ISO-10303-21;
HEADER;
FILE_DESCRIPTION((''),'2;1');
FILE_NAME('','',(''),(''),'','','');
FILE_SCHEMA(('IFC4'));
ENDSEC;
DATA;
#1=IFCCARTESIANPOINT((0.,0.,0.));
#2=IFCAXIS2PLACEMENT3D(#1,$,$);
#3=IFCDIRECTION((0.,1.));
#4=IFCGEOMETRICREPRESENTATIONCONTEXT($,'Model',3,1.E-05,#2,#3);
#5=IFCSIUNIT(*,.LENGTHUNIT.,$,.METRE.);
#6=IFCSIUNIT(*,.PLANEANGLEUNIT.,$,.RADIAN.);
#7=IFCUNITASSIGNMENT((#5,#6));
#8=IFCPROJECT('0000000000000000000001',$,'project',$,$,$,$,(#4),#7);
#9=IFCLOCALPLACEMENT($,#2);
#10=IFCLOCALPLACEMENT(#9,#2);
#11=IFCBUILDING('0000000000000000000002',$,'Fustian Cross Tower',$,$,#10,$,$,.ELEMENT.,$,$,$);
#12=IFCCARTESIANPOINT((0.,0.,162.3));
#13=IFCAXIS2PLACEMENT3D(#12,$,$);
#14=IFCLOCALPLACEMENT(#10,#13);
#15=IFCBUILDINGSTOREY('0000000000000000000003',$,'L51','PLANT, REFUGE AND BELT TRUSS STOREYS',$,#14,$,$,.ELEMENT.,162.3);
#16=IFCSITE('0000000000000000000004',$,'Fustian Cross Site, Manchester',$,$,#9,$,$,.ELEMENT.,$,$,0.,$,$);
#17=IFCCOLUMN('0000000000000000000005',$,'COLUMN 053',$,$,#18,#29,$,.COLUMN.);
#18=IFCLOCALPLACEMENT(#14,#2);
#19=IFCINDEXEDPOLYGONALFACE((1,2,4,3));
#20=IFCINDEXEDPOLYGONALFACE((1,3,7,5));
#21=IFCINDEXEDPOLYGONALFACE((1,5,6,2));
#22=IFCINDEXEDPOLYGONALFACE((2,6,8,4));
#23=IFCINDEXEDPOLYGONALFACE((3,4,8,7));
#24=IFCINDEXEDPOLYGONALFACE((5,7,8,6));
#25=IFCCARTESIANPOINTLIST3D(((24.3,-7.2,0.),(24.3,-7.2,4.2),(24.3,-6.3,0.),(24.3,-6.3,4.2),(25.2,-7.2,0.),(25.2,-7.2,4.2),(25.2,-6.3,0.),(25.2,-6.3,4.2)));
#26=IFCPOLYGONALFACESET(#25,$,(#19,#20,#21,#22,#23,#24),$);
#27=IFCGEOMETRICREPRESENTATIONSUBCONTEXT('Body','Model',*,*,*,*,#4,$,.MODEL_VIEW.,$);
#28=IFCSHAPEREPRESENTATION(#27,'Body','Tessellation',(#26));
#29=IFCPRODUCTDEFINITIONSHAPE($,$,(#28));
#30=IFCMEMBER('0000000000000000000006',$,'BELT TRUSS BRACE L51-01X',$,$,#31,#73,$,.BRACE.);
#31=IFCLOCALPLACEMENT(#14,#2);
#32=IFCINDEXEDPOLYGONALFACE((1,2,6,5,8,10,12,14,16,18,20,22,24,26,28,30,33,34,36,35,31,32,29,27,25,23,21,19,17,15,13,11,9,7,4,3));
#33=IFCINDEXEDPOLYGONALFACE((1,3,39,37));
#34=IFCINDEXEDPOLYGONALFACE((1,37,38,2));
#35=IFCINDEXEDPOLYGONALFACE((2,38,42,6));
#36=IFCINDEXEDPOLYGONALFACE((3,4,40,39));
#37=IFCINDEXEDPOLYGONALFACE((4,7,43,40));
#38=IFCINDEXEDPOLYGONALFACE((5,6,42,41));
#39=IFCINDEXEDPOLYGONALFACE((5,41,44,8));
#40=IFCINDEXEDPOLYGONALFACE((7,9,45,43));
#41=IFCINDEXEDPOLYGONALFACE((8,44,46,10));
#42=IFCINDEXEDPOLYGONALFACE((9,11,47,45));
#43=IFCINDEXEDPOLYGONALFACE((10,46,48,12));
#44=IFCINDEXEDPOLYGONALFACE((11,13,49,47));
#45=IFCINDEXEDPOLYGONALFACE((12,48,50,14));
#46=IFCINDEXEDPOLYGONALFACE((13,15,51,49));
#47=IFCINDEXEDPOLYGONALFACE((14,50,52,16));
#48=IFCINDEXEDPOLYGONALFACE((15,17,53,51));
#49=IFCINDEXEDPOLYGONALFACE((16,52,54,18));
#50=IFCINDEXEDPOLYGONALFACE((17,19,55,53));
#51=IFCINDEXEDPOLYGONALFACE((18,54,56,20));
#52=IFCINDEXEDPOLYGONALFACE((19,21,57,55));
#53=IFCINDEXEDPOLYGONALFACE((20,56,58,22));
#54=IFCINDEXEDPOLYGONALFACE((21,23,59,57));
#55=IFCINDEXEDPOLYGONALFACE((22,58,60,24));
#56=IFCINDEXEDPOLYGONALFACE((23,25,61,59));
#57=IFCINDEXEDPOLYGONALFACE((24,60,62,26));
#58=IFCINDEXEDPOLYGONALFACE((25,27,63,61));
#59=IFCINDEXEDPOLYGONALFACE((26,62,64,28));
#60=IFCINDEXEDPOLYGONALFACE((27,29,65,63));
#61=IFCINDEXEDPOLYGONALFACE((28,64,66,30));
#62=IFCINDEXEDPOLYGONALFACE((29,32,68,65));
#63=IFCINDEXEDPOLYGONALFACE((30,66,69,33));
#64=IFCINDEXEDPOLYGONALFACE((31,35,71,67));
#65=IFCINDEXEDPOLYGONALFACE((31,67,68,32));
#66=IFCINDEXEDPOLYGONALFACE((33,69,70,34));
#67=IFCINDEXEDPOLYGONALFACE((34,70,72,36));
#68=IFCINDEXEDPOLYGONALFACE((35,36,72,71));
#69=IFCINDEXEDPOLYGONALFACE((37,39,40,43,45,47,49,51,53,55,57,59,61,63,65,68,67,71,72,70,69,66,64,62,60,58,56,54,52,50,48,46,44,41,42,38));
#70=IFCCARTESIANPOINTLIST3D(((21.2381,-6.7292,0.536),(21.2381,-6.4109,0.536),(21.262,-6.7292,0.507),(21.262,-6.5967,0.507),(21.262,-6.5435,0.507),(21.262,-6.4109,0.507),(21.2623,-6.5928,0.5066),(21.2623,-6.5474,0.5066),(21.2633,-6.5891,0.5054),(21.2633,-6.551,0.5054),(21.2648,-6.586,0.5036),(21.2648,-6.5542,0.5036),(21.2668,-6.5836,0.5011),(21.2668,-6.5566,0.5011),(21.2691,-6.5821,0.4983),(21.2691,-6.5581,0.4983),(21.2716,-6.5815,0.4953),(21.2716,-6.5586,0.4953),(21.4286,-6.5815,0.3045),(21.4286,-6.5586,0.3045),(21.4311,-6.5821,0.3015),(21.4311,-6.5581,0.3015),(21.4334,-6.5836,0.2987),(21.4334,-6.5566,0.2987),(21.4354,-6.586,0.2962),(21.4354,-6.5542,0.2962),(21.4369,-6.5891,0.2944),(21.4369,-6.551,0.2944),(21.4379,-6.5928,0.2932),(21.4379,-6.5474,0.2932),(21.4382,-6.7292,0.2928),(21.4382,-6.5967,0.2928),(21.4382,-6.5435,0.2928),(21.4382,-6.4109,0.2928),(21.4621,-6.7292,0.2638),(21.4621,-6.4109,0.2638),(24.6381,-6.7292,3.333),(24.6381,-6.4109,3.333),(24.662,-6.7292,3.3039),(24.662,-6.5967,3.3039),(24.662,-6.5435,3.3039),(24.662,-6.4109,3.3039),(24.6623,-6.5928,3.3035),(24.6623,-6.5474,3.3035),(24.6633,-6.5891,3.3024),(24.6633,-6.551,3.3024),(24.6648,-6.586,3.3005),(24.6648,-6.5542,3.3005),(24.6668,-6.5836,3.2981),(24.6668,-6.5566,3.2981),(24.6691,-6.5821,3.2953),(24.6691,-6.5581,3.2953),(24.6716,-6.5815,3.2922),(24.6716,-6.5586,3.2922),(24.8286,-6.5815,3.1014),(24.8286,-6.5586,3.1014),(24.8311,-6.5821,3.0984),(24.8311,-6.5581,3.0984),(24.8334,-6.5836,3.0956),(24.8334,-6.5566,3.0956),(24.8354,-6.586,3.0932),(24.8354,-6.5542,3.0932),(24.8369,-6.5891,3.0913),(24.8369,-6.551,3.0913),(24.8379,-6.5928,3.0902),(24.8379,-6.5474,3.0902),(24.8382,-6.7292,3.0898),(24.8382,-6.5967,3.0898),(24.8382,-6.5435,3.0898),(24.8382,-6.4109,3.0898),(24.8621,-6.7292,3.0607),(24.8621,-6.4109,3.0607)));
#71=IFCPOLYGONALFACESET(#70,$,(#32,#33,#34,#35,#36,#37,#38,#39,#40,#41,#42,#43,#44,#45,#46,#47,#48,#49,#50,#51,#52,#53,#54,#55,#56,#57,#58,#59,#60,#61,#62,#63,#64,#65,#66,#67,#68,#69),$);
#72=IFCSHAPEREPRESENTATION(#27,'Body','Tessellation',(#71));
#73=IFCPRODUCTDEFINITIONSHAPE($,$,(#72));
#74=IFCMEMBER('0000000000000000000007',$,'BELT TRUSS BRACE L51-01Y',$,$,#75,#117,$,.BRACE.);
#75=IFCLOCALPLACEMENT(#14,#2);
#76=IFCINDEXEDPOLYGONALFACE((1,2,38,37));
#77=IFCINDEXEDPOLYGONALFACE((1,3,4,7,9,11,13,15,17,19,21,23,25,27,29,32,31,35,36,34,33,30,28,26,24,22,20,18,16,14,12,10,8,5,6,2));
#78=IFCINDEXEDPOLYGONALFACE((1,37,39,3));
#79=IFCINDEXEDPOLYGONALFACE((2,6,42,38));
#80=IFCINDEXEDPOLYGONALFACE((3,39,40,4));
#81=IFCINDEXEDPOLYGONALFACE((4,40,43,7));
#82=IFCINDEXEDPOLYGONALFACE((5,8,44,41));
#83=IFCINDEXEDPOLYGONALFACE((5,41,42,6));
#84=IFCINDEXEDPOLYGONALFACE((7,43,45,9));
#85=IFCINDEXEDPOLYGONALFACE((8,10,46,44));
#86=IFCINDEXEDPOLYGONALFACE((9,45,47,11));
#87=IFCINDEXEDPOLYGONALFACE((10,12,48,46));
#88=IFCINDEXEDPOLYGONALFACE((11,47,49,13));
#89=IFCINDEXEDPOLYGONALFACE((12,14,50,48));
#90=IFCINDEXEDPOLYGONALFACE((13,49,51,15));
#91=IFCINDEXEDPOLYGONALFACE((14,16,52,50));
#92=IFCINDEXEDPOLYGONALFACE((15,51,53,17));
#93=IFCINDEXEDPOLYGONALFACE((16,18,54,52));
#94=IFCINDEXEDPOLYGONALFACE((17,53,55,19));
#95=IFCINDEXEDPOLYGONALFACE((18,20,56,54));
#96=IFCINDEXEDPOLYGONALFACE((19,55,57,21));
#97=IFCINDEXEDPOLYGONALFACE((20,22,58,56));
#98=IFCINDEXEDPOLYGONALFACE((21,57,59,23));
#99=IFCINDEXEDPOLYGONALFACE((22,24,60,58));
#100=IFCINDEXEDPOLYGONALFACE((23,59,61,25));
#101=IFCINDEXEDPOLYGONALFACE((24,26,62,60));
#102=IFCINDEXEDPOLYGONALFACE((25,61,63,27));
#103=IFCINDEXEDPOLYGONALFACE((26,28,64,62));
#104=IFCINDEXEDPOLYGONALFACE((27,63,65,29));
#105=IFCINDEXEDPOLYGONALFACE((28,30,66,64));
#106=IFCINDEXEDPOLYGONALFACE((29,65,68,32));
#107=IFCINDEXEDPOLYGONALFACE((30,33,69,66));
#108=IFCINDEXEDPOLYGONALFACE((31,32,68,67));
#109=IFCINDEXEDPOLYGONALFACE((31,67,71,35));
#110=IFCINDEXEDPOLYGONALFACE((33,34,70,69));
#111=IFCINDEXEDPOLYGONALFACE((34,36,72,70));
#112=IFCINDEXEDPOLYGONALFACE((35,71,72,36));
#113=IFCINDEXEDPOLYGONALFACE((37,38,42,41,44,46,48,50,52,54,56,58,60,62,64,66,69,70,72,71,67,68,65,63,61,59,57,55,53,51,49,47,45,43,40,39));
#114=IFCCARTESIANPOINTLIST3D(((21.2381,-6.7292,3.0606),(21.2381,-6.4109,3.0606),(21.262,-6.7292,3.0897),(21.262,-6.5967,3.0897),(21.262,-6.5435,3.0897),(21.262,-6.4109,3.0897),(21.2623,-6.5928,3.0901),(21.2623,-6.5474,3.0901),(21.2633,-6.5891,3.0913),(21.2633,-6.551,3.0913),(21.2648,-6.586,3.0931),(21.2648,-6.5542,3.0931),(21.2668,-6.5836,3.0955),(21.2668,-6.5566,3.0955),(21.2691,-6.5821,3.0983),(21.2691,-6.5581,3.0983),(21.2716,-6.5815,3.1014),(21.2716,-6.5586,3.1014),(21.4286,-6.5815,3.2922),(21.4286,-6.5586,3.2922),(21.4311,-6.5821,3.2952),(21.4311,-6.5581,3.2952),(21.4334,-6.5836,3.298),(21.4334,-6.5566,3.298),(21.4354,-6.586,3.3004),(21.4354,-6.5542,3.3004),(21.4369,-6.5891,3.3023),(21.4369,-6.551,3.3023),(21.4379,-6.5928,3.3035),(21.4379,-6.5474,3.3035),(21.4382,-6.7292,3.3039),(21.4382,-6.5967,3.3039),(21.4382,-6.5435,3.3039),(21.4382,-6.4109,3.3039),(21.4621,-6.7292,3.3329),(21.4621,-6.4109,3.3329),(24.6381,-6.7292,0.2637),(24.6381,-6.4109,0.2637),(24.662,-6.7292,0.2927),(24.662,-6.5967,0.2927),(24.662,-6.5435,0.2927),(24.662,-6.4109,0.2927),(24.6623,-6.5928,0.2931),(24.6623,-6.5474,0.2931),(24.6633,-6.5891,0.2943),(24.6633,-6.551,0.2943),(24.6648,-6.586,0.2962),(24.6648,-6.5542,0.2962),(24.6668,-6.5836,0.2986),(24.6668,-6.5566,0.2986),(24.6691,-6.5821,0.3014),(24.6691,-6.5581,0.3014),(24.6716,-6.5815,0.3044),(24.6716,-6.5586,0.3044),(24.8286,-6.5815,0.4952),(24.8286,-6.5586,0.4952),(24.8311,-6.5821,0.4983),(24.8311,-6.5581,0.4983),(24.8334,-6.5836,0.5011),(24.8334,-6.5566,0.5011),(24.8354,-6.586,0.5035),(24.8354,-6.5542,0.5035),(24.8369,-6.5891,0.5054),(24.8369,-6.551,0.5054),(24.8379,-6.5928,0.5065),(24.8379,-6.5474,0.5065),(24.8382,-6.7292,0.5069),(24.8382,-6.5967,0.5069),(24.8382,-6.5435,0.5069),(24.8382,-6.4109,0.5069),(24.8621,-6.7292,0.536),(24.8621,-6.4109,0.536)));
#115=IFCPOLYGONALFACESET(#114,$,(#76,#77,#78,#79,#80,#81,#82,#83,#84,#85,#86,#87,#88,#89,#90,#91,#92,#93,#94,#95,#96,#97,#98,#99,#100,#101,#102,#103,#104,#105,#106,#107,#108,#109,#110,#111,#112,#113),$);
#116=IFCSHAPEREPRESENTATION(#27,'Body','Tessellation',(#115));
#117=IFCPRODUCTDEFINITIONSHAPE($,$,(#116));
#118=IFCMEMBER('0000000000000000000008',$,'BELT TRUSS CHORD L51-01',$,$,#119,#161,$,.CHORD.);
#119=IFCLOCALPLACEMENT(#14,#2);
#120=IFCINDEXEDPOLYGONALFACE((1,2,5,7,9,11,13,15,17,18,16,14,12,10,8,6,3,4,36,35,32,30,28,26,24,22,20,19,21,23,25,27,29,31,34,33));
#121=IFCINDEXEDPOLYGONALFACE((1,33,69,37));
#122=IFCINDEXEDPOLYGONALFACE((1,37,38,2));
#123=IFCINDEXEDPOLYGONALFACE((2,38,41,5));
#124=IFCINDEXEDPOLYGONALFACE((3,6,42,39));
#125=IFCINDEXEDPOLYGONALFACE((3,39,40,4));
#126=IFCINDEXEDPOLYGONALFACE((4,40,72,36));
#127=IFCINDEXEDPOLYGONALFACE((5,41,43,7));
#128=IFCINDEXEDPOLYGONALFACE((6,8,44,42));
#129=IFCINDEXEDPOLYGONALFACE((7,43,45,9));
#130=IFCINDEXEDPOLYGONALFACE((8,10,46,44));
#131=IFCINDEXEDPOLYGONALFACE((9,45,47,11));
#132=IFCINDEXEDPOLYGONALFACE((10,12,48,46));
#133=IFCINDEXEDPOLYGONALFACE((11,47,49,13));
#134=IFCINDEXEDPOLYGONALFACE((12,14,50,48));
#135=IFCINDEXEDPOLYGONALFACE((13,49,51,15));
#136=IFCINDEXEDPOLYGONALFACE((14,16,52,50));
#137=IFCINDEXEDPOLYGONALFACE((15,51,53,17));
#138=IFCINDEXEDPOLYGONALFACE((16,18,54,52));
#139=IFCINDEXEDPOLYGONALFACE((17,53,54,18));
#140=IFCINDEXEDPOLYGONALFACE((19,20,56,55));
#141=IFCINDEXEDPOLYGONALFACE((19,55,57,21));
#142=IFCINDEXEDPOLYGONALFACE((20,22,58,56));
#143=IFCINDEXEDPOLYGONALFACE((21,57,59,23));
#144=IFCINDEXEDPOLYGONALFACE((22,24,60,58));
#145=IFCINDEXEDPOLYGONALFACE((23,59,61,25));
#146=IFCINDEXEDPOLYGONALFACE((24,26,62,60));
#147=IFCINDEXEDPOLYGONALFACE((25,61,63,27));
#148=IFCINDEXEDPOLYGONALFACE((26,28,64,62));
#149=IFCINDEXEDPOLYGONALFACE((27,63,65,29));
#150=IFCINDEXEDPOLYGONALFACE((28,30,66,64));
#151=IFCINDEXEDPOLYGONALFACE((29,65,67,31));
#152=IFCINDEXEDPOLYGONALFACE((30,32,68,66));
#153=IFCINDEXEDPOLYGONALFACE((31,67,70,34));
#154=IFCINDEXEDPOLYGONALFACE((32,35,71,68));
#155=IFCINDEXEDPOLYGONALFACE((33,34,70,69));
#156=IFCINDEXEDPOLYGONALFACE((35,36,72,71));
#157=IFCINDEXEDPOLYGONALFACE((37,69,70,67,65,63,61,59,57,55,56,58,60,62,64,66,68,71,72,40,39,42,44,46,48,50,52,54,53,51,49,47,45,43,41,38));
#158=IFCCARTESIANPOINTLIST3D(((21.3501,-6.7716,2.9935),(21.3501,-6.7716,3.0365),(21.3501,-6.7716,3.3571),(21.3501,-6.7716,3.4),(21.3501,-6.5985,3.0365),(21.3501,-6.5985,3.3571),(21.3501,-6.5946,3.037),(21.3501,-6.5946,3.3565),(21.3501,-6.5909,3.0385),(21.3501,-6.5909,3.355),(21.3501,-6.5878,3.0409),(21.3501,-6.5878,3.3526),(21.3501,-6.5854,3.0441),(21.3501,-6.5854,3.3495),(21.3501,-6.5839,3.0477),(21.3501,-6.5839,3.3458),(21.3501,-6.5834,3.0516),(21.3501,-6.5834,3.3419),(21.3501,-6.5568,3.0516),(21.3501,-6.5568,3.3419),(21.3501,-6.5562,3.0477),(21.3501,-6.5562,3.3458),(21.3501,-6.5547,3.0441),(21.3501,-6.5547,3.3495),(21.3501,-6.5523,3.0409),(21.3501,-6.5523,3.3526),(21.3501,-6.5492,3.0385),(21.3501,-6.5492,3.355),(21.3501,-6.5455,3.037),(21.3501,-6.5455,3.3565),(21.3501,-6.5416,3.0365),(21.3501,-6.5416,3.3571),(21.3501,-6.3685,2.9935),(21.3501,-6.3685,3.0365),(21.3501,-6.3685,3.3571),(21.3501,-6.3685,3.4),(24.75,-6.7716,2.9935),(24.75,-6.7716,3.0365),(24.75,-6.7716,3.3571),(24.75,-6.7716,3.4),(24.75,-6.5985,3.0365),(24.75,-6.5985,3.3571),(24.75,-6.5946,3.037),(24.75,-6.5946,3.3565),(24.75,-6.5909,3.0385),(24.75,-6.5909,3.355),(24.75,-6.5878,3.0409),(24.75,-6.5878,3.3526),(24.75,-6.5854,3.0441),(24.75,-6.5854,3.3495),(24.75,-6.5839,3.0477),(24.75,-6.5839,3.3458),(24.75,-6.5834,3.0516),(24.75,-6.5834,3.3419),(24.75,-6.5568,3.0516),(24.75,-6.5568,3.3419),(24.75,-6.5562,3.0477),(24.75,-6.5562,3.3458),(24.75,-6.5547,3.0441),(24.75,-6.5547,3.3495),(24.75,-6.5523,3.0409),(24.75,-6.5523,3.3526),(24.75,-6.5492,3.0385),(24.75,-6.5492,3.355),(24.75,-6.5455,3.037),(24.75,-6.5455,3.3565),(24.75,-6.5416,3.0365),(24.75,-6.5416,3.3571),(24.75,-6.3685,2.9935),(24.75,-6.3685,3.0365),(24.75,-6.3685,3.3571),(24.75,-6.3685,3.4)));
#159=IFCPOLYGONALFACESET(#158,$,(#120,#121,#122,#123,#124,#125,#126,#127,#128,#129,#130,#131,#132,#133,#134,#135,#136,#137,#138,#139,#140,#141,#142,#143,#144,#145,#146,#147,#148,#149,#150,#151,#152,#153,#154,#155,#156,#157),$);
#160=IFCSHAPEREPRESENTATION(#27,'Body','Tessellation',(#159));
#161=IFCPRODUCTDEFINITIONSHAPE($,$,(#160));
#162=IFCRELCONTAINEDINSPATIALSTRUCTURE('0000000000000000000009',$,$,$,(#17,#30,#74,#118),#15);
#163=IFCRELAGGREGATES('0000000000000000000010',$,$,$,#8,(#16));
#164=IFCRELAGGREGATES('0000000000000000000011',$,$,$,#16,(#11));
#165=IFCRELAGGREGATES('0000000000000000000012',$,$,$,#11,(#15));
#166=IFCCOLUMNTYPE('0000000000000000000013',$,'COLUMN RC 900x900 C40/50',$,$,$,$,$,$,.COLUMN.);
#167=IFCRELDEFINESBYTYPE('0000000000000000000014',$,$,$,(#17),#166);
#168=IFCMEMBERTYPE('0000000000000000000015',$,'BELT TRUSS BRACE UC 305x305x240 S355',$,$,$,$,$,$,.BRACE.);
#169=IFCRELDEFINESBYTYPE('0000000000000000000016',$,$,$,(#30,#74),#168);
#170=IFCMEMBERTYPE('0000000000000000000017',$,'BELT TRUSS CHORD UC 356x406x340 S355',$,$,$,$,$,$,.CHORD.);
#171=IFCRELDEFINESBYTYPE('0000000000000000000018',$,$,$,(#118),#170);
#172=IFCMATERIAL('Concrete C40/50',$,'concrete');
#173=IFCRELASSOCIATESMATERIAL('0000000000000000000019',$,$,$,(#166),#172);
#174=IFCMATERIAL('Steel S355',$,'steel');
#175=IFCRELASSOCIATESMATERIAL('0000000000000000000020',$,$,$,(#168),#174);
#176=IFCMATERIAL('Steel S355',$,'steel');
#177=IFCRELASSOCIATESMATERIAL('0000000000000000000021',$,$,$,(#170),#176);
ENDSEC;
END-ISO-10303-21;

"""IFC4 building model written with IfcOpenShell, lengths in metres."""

from ifc_helpers import new_model, si_unit, direction, frame, origin, origin_2d, place, context, subcontext, project, spatial, rectangle, i_section, extrude, material, material_profile, profile_set, type_object, element, save


model = new_model("IFC4")

# Units and contexts
model_context = context("Model", 3, precision=1e-05, world=origin(), true_north=direction((0.0, 1.0)))
body_context = subcontext(model_context, "Body", "Model", "MODEL_VIEW")
ifc_project = project(units=[si_unit("LENGTHUNIT", "METRE"), si_unit("PLANEANGLEUNIT", "RADIAN")], contexts=[model_context])

# Site, building, storey
site_placement = place(None, origin())
site = spatial("IfcSite", under=ifc_project, at=site_placement, Name="Fustian Cross Site, Manchester", CompositionType="ELEMENT", RefElevation=0.0)
building_placement = place(site_placement, origin())
building = spatial("IfcBuilding", under=site, at=building_placement, Name="Fustian Cross Tower", CompositionType="ELEMENT")
storey_placement = place(building_placement, frame((0.0, 0.0, 162.3)))
storey = spatial("IfcBuildingStorey", under=building, at=storey_placement, Name="L51", Description="PLANT, REFUGE AND BELT TRUSS STOREYS", CompositionType="ELEMENT", Elevation=162.3)

# Column
ifc_material_1 = material(Name="Concrete C40/50", Category="concrete")
ifc_material_profile_1 = material_profile(ifc_material_1, rectangle(XDim=0.8999, YDim=0.8999, at=origin_2d()), Name="RC 900x900")
ifc_profile_set_1 = profile_set([ifc_material_profile_1], Name="Concrete C40/50")
column_type = type_object("IfcColumnType", Name="COLUMN RC 900x900 C40/50", PredefinedType="COLUMN", material=ifc_profile_set_1)
column_placement = place(storey_placement, frame((24.75, -6.75, 0.0), z_axis=(0.0, 0.0, 1.0), x_axis=(1.0, 0.0, 0.0)))
element("IfcColumn", 1, at=column_placement, inside=storey, type_object=column_type, Name="COLUMN 053", PredefinedType="COLUMN", context=body_context, shape_type="SweptSolid", body=[
    extrude(rectangle(XDim=0.8999, YDim=0.8999, at=origin_2d()), origin(), (0.0, 0.0, 1.0), 4.2),
])

# Members
ifc_material_2 = material(Name="Steel S355", Category="steel")
ifc_material_profile_2 = material_profile(ifc_material_2, i_section(OverallWidth=0.3184, OverallDepth=0.3525, WebThickness=0.0229, FlangeThickness=0.0376, FilletRadius=0.0151, at=origin_2d()), Name="UC 305x305x240")
ifc_profile_set_2 = profile_set([ifc_material_profile_2], Name="Steel S355")
member_type_1 = type_object("IfcMemberType", Name="BELT TRUSS BRACE UC 305x305x240 S355", PredefinedType="BRACE", material=ifc_profile_set_2)
for number, where, z_axis, x_axis, name in (
    (2, (21.3501, -6.5701, 0.3999), (0.772269, 0.0, 0.635295), (0.0, 1.0, 0.0), "BELT TRUSS BRACE L51-01X"),
    (3, (21.3501, -6.5701, 3.1968), (0.772269, 0.0, -0.635295), (0.0, 1.0, 0.0), "BELT TRUSS BRACE L51-01Y"),
):
    element("IfcMember", number, at=place(storey_placement, frame(where, z_axis=z_axis, x_axis=x_axis)), inside=storey, type_object=member_type_1, Name=name, PredefinedType="BRACE", context=body_context, shape_type="SweptSolid", body=[
        extrude(i_section(OverallWidth=0.3184, OverallDepth=0.3525, WebThickness=0.0229, FlangeThickness=0.0376, FilletRadius=0.0151, at=origin_2d()), origin(), (0.0, 0.0, 1.0), 4.4026),
    ])
ifc_material_3 = material(Name="Steel S355", Category="steel")
ifc_material_profile_3 = material_profile(ifc_material_3, i_section(OverallWidth=0.4031, OverallDepth=0.4065, WebThickness=0.0266, FlangeThickness=0.043, FilletRadius=0.0151, at=origin_2d()), Name="UC 356x406x340")
ifc_profile_set_3 = profile_set([ifc_material_profile_3], Name="Steel S355")
member_type_2 = type_object("IfcMemberType", Name="BELT TRUSS CHORD UC 356x406x340 S355", PredefinedType="CHORD", material=ifc_profile_set_3)
for number, where, z_axis, x_axis, name in (
    (4, (21.3501, -6.5701, 3.1968), (1.0, 0.0, 0.0), (0.0, 1.0, 0.0), "BELT TRUSS CHORD L51-01"),
):
    element("IfcMember", number, at=place(storey_placement, frame(where, z_axis=z_axis, x_axis=x_axis)), inside=storey, type_object=member_type_2, Name=name, PredefinedType="CHORD", context=body_context, shape_type="SweptSolid", body=[
        extrude(i_section(OverallWidth=0.4031, OverallDepth=0.4065, WebThickness=0.0266, FlangeThickness=0.043, FilletRadius=0.0151, at=origin_2d()), origin(), (0.0, 0.0, 1.0), 3.3999),
    ])

save(model, "model.ifc")
